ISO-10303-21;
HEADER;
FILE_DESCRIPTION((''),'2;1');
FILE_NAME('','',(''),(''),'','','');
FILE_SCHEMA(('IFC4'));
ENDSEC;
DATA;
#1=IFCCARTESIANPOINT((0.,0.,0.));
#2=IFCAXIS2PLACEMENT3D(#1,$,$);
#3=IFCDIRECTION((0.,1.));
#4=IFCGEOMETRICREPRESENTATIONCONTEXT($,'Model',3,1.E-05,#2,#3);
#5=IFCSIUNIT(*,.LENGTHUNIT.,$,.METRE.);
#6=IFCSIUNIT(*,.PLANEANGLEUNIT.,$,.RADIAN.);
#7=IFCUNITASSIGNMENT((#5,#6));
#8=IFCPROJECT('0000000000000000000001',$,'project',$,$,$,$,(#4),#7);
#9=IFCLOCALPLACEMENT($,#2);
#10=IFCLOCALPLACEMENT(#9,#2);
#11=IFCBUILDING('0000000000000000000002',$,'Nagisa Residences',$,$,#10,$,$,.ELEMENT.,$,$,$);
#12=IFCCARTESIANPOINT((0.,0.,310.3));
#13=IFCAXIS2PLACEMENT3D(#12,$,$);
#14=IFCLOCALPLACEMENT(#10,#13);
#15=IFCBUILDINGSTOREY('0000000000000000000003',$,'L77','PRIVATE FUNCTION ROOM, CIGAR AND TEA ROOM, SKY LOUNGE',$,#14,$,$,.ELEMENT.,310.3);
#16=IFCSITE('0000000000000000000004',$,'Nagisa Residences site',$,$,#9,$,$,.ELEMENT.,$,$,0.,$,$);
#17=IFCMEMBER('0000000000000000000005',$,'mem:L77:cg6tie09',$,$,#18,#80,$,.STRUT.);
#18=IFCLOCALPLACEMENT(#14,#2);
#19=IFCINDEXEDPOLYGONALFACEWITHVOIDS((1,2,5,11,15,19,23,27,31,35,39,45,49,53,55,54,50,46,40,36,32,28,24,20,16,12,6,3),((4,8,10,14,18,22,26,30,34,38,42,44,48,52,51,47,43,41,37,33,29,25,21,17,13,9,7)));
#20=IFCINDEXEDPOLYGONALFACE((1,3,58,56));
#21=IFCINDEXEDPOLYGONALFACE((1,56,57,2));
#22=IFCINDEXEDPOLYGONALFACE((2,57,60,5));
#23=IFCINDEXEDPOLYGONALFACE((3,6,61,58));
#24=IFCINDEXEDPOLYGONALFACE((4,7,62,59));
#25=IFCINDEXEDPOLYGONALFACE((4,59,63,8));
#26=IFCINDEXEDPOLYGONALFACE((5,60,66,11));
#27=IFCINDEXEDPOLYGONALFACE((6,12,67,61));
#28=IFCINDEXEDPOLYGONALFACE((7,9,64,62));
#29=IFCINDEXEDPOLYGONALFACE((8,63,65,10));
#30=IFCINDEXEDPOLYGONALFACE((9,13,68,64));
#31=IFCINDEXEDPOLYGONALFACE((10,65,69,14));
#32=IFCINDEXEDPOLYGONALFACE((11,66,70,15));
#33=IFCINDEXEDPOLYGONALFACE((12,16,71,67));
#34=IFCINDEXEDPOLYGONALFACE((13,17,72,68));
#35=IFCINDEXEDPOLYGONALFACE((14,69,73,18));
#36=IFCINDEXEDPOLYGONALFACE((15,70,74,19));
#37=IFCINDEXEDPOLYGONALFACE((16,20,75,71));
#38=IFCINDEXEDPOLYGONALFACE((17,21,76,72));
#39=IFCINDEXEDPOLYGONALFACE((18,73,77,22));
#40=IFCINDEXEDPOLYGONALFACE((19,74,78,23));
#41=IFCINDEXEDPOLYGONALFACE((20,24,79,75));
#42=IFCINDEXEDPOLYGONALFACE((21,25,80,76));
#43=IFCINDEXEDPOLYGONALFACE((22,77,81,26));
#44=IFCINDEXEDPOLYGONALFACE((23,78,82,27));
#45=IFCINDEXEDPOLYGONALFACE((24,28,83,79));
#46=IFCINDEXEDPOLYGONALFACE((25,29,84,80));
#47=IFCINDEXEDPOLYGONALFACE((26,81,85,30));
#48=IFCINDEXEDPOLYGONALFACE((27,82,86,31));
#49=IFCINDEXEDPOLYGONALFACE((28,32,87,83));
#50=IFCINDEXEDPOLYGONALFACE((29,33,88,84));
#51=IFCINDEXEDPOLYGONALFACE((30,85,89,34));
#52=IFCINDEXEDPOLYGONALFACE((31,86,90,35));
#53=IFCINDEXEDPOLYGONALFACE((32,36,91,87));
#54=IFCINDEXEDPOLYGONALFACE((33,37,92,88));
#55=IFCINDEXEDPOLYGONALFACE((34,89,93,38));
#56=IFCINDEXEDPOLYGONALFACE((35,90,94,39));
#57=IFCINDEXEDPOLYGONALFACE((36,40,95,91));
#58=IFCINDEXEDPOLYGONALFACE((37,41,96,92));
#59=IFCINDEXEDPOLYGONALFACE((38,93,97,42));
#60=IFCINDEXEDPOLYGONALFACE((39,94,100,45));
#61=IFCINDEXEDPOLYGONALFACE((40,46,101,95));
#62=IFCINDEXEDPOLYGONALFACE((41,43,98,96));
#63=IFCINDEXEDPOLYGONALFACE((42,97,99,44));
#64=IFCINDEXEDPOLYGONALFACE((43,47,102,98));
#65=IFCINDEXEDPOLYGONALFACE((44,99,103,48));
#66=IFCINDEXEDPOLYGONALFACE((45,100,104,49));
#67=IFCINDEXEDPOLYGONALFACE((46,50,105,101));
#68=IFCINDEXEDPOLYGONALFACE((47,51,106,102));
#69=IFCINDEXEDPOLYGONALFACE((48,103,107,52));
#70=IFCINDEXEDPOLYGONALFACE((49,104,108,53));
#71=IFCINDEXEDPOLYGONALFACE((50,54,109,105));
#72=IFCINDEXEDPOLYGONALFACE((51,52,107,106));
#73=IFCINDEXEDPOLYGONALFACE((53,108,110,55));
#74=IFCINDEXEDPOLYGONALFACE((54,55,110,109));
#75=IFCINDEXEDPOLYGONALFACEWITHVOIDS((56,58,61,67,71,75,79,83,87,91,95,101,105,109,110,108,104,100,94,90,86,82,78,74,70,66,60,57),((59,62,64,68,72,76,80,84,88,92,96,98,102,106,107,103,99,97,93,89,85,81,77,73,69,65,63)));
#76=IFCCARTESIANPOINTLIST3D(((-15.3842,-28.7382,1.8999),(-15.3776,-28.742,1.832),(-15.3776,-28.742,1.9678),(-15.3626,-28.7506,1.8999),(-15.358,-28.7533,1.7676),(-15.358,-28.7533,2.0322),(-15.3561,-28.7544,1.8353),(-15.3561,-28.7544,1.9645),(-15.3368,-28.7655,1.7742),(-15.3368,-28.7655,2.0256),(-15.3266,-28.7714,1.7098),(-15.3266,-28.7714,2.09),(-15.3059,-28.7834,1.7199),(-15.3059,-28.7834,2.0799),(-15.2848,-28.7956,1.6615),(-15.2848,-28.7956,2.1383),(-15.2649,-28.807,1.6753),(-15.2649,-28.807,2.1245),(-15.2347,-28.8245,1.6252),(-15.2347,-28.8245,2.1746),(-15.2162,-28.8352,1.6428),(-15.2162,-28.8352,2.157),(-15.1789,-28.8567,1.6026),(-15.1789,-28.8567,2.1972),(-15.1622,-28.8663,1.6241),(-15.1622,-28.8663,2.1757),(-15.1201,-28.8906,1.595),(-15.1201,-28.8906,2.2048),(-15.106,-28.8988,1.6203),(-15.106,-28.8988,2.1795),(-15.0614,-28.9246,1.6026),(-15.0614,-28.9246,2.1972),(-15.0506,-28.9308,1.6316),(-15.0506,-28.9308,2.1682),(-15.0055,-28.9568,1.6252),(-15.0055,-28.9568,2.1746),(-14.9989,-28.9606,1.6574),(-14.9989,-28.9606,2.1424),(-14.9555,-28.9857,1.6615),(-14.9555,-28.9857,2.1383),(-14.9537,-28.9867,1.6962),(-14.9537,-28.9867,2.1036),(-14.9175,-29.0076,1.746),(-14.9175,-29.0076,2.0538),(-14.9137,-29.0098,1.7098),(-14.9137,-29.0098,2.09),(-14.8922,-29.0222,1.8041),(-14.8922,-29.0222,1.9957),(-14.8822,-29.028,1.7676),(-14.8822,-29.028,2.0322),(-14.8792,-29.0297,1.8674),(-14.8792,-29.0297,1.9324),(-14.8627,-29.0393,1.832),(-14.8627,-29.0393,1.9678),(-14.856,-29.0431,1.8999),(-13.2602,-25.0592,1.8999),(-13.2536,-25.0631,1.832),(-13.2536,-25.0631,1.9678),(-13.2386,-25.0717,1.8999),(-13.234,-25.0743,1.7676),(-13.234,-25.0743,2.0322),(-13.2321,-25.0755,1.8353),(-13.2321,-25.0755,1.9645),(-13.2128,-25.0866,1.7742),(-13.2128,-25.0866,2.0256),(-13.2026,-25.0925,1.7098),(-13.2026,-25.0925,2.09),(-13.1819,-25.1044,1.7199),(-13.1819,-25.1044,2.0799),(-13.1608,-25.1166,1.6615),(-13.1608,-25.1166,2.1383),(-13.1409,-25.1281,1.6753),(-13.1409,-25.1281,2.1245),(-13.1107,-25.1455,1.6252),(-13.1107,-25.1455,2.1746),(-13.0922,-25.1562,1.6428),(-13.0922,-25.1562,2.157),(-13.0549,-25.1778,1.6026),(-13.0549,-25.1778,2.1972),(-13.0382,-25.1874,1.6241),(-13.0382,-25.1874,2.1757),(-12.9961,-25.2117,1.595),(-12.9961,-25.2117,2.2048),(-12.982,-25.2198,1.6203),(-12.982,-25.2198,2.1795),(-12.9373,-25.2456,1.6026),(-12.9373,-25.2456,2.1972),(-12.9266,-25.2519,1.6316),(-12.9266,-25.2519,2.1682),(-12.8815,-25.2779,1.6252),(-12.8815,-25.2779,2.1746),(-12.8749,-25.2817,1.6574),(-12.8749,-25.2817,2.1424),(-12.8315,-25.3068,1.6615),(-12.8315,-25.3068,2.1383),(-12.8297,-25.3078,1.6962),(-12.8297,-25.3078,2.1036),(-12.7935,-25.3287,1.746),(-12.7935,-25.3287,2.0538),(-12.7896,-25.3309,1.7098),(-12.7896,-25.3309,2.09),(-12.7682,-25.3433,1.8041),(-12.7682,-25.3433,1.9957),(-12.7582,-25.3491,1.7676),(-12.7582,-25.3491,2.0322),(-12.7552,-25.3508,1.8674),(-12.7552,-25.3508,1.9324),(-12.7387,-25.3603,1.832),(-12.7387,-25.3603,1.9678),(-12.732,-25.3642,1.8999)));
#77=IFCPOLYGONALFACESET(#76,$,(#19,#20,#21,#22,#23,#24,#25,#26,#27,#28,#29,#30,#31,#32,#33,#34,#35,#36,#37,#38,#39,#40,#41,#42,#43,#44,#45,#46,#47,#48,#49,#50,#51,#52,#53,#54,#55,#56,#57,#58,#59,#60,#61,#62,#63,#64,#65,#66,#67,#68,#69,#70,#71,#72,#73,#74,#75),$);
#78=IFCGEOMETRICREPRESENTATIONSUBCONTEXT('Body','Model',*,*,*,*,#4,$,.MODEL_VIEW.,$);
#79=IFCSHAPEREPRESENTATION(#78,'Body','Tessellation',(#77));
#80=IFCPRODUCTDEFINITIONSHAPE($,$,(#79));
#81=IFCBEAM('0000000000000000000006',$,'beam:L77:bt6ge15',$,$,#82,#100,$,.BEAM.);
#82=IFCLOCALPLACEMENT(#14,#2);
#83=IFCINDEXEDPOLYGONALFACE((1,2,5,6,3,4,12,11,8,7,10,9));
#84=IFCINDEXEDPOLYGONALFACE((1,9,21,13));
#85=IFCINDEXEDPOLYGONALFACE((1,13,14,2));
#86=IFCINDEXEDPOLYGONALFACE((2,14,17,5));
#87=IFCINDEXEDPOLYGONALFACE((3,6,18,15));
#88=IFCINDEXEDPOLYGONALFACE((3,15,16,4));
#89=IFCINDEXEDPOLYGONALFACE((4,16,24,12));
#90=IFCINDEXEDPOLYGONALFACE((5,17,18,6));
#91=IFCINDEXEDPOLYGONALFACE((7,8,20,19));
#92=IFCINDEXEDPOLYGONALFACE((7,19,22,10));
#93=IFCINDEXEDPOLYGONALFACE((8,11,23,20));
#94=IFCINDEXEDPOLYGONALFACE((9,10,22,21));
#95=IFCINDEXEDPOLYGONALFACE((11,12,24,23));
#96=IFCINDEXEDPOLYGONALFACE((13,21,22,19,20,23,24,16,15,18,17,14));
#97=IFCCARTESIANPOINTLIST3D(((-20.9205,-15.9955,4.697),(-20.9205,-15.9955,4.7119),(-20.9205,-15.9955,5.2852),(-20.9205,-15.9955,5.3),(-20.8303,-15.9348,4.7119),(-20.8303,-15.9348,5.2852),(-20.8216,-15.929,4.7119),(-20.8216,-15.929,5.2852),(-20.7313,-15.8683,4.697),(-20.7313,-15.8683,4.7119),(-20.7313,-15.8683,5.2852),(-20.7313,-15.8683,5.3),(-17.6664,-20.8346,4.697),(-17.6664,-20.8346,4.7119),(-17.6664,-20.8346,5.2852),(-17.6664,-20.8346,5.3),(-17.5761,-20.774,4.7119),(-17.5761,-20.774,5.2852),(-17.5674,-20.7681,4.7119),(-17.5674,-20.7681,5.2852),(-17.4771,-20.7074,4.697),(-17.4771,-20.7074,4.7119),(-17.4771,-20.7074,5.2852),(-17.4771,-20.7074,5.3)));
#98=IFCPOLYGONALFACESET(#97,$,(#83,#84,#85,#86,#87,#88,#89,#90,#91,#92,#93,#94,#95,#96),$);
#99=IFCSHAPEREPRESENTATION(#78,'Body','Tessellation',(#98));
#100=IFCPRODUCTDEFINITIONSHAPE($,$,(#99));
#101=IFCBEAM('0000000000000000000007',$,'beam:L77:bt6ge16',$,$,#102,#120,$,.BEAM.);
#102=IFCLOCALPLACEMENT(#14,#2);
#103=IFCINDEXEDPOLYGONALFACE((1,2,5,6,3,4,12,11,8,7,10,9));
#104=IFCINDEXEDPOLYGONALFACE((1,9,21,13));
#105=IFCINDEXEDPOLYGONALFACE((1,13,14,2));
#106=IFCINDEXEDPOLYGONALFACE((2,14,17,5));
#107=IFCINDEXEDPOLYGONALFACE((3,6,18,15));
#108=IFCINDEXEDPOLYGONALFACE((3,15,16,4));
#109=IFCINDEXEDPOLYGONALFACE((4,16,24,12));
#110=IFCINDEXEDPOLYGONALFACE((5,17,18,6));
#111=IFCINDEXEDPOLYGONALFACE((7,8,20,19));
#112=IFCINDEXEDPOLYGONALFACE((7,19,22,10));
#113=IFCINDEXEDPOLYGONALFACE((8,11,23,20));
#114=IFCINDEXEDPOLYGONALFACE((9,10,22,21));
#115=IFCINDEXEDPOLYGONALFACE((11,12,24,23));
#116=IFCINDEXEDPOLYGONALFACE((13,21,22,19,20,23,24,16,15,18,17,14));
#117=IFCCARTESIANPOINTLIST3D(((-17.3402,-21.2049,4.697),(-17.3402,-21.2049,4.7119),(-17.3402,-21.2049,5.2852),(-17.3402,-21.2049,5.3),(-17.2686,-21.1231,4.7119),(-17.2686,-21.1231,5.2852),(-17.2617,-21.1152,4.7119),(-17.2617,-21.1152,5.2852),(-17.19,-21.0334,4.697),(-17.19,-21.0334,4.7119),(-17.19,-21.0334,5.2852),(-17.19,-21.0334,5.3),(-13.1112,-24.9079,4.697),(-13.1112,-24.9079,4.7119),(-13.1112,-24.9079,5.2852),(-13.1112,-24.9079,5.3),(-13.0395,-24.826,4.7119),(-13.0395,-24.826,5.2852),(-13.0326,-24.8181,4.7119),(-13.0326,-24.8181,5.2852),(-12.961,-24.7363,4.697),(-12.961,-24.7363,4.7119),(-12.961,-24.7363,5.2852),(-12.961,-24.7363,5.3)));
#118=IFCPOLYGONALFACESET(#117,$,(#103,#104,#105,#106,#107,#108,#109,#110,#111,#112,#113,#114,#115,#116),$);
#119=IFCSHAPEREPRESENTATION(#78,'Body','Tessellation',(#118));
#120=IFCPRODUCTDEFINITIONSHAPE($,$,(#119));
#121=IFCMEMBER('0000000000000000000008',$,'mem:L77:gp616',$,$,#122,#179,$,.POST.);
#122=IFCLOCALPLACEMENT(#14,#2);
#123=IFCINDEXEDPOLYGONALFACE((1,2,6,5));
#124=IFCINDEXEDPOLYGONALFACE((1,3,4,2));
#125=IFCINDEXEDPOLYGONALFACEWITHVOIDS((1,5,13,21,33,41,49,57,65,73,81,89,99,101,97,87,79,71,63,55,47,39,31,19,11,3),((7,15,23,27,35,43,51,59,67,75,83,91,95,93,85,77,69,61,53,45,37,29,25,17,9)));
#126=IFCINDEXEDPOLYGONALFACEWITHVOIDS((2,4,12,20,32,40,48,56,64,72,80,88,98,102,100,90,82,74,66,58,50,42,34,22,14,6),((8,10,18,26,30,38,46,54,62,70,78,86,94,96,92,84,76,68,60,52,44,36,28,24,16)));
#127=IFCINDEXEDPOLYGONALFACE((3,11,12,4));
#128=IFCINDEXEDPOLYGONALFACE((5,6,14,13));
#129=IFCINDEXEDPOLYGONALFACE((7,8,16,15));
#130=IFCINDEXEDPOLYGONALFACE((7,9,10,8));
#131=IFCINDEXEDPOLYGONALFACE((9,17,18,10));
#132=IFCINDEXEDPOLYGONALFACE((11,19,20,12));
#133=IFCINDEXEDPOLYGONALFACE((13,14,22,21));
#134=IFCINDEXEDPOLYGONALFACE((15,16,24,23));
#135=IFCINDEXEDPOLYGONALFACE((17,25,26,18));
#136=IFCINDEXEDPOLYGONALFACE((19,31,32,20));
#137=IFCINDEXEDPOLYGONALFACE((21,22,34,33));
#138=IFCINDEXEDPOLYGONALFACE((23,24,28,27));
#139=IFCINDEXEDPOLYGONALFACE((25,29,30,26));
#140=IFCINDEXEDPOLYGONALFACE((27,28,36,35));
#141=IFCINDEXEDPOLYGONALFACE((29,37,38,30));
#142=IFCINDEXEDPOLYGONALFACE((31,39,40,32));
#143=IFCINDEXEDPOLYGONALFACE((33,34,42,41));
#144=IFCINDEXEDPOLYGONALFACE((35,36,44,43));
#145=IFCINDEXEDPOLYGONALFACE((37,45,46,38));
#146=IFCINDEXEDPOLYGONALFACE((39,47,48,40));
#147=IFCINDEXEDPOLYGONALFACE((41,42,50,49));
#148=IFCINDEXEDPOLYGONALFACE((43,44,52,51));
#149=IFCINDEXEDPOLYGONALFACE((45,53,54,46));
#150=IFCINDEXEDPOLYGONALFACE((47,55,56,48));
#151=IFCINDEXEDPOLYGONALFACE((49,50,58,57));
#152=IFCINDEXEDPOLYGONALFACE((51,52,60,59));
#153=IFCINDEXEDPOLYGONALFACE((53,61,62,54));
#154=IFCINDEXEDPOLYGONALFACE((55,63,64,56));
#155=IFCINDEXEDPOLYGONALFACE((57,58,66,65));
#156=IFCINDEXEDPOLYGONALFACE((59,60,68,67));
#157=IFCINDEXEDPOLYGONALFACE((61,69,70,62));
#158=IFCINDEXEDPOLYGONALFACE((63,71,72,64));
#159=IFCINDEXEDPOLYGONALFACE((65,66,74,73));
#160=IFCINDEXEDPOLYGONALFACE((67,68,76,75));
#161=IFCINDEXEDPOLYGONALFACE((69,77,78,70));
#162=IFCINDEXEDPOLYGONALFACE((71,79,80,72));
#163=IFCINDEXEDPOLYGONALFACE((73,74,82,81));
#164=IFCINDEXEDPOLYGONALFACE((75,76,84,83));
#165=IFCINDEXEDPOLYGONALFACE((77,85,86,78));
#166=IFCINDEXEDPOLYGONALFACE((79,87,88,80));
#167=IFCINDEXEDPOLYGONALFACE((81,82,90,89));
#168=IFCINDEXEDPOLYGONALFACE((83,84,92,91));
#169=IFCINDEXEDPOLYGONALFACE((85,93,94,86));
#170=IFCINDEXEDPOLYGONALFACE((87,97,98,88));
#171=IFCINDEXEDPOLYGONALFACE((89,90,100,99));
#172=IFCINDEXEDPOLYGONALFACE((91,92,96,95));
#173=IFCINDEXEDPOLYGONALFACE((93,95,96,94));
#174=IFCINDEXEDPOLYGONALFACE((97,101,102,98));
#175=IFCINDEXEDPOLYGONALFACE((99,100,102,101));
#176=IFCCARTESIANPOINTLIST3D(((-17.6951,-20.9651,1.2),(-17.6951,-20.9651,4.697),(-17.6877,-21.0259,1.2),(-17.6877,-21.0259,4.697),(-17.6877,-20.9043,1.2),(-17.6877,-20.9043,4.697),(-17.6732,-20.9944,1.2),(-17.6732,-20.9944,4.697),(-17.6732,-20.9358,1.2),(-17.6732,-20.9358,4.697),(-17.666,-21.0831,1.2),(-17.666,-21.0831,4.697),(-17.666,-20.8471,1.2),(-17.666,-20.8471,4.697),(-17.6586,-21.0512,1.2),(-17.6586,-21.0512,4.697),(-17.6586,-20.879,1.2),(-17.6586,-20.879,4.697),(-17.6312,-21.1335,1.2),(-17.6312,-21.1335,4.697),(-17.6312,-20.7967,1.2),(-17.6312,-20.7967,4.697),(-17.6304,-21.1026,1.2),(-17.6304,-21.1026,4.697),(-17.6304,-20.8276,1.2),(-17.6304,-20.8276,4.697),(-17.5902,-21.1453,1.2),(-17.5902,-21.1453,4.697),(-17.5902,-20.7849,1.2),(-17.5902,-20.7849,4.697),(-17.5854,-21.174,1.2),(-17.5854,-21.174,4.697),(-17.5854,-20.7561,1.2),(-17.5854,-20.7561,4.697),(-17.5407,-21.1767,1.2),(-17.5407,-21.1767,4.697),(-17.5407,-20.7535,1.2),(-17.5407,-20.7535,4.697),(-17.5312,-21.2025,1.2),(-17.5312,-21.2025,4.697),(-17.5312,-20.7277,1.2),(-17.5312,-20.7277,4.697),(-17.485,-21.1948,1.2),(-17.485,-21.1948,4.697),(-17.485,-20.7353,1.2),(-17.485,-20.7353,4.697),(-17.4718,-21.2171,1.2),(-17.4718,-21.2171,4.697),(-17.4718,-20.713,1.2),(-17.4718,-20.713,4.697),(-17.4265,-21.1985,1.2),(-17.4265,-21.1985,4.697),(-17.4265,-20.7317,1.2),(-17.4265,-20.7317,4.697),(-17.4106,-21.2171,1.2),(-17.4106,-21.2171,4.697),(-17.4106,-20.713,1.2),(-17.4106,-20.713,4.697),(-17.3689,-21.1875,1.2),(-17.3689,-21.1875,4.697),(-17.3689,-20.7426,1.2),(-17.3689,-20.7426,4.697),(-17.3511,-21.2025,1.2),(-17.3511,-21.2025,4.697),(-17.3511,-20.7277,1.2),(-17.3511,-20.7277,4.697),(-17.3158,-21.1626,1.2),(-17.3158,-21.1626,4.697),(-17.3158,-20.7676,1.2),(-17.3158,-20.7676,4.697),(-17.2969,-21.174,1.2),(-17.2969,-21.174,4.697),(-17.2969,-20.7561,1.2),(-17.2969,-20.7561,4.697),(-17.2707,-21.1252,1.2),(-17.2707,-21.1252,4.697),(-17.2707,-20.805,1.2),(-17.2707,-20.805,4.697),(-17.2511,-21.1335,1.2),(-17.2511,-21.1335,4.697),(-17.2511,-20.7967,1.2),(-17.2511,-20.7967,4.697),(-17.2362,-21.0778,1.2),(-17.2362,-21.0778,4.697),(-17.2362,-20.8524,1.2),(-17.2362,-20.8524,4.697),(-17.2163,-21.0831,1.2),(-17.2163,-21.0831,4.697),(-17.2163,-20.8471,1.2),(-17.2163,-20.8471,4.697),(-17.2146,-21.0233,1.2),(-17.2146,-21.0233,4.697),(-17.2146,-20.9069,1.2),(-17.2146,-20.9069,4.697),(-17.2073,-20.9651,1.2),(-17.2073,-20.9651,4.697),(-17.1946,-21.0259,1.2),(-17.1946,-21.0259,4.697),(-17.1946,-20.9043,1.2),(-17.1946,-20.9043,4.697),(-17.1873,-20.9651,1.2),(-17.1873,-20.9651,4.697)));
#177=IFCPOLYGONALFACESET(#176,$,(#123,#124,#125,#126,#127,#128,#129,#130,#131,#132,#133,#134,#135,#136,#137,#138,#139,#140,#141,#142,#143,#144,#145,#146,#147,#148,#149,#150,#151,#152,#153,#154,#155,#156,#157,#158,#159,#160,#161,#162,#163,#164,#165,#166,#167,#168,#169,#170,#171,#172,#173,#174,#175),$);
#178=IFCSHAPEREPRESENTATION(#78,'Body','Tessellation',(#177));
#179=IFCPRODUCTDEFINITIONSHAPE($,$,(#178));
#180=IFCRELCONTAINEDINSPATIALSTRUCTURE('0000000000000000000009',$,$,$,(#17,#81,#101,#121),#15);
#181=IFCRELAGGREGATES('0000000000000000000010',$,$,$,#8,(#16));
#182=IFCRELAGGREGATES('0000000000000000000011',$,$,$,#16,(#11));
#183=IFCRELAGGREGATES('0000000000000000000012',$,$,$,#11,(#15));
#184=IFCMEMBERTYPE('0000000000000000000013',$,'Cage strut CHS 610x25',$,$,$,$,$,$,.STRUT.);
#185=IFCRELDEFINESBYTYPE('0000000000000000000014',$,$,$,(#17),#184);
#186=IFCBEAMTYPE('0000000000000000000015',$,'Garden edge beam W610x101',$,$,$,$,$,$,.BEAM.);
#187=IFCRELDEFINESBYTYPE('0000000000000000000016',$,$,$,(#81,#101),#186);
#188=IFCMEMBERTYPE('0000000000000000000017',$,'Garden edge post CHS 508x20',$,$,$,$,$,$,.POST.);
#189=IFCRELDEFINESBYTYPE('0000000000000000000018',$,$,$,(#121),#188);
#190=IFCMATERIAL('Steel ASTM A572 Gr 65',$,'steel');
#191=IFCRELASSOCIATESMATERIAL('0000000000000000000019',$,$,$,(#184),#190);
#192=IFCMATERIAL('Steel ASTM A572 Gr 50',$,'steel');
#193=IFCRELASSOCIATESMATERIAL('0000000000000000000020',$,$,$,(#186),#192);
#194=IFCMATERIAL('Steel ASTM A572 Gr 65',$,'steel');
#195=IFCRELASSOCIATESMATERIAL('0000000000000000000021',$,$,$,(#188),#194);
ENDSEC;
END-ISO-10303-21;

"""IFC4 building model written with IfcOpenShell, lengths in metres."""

from ifc_helpers import new_model, si_unit, direction, frame, origin, origin_2d, place, context, subcontext, project, spatial, hollow_circle, i_section, extrude, material, material_profile, profile_set, type_object, element, save


model = new_model("IFC4")

# Units and contexts
model_context = context("Model", 3, precision=1e-05, world=origin(), true_north=direction((0.0, 1.0)))
body_context = subcontext(model_context, "Body", "Model", "MODEL_VIEW")
ifc_project = project(units=[si_unit("LENGTHUNIT", "METRE"), si_unit("PLANEANGLEUNIT", "RADIAN")], contexts=[model_context])

# Site, building, storey
site_placement = place(None, origin())
site = spatial("IfcSite", under=ifc_project, at=site_placement, Name="Nagisa Residences site", CompositionType="ELEMENT", RefElevation=0.0)
building_placement = place(site_placement, origin())
building = spatial("IfcBuilding", under=site, at=building_placement, Name="Nagisa Residences", CompositionType="ELEMENT")
storey_placement = place(building_placement, frame((0.0, 0.0, 310.3)))
storey = spatial("IfcBuildingStorey", under=building, at=storey_placement, Name="L77", Description="PRIVATE FUNCTION ROOM, CIGAR AND TEA ROOM, SKY LOUNGE", CompositionType="ELEMENT", Elevation=310.3)

# Member
ifc_material_1 = material(Name="Steel ASTM A572 Gr 65", Category="steel")
ifc_material_profile_1 = material_profile(ifc_material_1, hollow_circle(Radius=0.3049, WallThickness=0.0249, at=origin_2d()), Name="CHS 610x25")
ifc_profile_set_1 = profile_set([ifc_material_profile_1], Name="Steel ASTM A572 Gr 65")
member_type_1 = type_object("IfcMemberType", Name="Cage strut CHS 610x25", PredefinedType="STRUT", material=ifc_profile_set_1)
member_1_placement = place(storey_placement, frame((-15.1201, -28.8906, 1.8999), z_axis=(0.499996, 0.866028, 0.0), x_axis=(-0.866028, 0.499996, 0.0)))
element("IfcMember", 1, at=member_1_placement, inside=storey, type_object=member_type_1, Name="mem:L77:cg6tie09", PredefinedType="STRUT", context=body_context, shape_type="SweptSolid", body=[
    extrude(hollow_circle(Radius=0.3049, WallThickness=0.0249, at=origin_2d()), origin(), (0.0, 0.0, 1.0), 4.248),
])

# Beams
ifc_material_2 = material(Name="Steel ASTM A572 Gr 50", Category="steel")
ifc_material_profile_2 = material_profile(ifc_material_2, i_section(OverallWidth=0.228, OverallDepth=0.603, WebThickness=0.0105, FlangeThickness=0.0149, at=origin_2d()), Name="W610x101")
ifc_profile_set_2 = profile_set([ifc_material_profile_2], Name="Steel ASTM A572 Gr 50")
beam_type_1 = type_object("IfcBeamType", Name="Garden edge beam W610x101", PredefinedType="BEAM", material=ifc_profile_set_2)
beam_1_placement = place(storey_placement, frame((-20.8259, -15.9319, 4.9985), z_axis=(0.558029, -0.829822, 0.0), x_axis=(0.829822, 0.558029, 0.0)))
element("IfcBeam", 2, at=beam_1_placement, inside=storey, type_object=beam_type_1, Name="beam:L77:bt6ge15", PredefinedType="BEAM", context=body_context, shape_type="SweptSolid", body=[
    extrude(i_section(OverallWidth=0.228, OverallDepth=0.603, WebThickness=0.0105, FlangeThickness=0.0149, at=origin_2d()), origin(), (0.0, 0.0, 1.0), 5.8315),
])
beam_2_placement = place(storey_placement, frame((-17.2651, -21.1191, 4.9985), z_axis=(0.752356, -0.658757, 0.0), x_axis=(0.658757, 0.752356, 0.0)))
element("IfcBeam", 3, at=beam_2_placement, inside=storey, type_object=beam_type_1, Name="beam:L77:bt6ge16", PredefinedType="BEAM", context=body_context, shape_type="SweptSolid", body=[
    extrude(i_section(OverallWidth=0.228, OverallDepth=0.603, WebThickness=0.0105, FlangeThickness=0.0149, at=origin_2d()), origin(), (0.0, 0.0, 1.0), 5.6211),
])

# Member
ifc_material_3 = material(Name="Steel ASTM A572 Gr 65", Category="steel")
ifc_material_profile_3 = material_profile(ifc_material_3, hollow_circle(Radius=0.2539, WallThickness=0.02, at=origin_2d()), Name="CHS 508x20")
ifc_profile_set_3 = profile_set([ifc_material_profile_3], Name="Steel ASTM A572 Gr 65")
member_type_2 = type_object("IfcMemberType", Name="Garden edge post CHS 508x20", PredefinedType="POST", material=ifc_profile_set_3)
for number, where, z_axis, x_axis, name in (
    (4, (-17.4412, -20.9651, 1.2), (0.0, 0.0, 1.0), (1.0, 0.0, 0.0), "mem:L77:gp616"),
):
    element("IfcMember", number, at=place(storey_placement, frame(where, z_axis=z_axis, x_axis=x_axis)), inside=storey, type_object=member_type_2, Name=name, PredefinedType="POST", context=body_context, shape_type="SweptSolid", body=[
        extrude(hollow_circle(Radius=0.2539, WallThickness=0.02, at=origin_2d()), origin(), (0.0, 0.0, 1.0), 3.4971),
    ])

save(model, "model.ifc")
